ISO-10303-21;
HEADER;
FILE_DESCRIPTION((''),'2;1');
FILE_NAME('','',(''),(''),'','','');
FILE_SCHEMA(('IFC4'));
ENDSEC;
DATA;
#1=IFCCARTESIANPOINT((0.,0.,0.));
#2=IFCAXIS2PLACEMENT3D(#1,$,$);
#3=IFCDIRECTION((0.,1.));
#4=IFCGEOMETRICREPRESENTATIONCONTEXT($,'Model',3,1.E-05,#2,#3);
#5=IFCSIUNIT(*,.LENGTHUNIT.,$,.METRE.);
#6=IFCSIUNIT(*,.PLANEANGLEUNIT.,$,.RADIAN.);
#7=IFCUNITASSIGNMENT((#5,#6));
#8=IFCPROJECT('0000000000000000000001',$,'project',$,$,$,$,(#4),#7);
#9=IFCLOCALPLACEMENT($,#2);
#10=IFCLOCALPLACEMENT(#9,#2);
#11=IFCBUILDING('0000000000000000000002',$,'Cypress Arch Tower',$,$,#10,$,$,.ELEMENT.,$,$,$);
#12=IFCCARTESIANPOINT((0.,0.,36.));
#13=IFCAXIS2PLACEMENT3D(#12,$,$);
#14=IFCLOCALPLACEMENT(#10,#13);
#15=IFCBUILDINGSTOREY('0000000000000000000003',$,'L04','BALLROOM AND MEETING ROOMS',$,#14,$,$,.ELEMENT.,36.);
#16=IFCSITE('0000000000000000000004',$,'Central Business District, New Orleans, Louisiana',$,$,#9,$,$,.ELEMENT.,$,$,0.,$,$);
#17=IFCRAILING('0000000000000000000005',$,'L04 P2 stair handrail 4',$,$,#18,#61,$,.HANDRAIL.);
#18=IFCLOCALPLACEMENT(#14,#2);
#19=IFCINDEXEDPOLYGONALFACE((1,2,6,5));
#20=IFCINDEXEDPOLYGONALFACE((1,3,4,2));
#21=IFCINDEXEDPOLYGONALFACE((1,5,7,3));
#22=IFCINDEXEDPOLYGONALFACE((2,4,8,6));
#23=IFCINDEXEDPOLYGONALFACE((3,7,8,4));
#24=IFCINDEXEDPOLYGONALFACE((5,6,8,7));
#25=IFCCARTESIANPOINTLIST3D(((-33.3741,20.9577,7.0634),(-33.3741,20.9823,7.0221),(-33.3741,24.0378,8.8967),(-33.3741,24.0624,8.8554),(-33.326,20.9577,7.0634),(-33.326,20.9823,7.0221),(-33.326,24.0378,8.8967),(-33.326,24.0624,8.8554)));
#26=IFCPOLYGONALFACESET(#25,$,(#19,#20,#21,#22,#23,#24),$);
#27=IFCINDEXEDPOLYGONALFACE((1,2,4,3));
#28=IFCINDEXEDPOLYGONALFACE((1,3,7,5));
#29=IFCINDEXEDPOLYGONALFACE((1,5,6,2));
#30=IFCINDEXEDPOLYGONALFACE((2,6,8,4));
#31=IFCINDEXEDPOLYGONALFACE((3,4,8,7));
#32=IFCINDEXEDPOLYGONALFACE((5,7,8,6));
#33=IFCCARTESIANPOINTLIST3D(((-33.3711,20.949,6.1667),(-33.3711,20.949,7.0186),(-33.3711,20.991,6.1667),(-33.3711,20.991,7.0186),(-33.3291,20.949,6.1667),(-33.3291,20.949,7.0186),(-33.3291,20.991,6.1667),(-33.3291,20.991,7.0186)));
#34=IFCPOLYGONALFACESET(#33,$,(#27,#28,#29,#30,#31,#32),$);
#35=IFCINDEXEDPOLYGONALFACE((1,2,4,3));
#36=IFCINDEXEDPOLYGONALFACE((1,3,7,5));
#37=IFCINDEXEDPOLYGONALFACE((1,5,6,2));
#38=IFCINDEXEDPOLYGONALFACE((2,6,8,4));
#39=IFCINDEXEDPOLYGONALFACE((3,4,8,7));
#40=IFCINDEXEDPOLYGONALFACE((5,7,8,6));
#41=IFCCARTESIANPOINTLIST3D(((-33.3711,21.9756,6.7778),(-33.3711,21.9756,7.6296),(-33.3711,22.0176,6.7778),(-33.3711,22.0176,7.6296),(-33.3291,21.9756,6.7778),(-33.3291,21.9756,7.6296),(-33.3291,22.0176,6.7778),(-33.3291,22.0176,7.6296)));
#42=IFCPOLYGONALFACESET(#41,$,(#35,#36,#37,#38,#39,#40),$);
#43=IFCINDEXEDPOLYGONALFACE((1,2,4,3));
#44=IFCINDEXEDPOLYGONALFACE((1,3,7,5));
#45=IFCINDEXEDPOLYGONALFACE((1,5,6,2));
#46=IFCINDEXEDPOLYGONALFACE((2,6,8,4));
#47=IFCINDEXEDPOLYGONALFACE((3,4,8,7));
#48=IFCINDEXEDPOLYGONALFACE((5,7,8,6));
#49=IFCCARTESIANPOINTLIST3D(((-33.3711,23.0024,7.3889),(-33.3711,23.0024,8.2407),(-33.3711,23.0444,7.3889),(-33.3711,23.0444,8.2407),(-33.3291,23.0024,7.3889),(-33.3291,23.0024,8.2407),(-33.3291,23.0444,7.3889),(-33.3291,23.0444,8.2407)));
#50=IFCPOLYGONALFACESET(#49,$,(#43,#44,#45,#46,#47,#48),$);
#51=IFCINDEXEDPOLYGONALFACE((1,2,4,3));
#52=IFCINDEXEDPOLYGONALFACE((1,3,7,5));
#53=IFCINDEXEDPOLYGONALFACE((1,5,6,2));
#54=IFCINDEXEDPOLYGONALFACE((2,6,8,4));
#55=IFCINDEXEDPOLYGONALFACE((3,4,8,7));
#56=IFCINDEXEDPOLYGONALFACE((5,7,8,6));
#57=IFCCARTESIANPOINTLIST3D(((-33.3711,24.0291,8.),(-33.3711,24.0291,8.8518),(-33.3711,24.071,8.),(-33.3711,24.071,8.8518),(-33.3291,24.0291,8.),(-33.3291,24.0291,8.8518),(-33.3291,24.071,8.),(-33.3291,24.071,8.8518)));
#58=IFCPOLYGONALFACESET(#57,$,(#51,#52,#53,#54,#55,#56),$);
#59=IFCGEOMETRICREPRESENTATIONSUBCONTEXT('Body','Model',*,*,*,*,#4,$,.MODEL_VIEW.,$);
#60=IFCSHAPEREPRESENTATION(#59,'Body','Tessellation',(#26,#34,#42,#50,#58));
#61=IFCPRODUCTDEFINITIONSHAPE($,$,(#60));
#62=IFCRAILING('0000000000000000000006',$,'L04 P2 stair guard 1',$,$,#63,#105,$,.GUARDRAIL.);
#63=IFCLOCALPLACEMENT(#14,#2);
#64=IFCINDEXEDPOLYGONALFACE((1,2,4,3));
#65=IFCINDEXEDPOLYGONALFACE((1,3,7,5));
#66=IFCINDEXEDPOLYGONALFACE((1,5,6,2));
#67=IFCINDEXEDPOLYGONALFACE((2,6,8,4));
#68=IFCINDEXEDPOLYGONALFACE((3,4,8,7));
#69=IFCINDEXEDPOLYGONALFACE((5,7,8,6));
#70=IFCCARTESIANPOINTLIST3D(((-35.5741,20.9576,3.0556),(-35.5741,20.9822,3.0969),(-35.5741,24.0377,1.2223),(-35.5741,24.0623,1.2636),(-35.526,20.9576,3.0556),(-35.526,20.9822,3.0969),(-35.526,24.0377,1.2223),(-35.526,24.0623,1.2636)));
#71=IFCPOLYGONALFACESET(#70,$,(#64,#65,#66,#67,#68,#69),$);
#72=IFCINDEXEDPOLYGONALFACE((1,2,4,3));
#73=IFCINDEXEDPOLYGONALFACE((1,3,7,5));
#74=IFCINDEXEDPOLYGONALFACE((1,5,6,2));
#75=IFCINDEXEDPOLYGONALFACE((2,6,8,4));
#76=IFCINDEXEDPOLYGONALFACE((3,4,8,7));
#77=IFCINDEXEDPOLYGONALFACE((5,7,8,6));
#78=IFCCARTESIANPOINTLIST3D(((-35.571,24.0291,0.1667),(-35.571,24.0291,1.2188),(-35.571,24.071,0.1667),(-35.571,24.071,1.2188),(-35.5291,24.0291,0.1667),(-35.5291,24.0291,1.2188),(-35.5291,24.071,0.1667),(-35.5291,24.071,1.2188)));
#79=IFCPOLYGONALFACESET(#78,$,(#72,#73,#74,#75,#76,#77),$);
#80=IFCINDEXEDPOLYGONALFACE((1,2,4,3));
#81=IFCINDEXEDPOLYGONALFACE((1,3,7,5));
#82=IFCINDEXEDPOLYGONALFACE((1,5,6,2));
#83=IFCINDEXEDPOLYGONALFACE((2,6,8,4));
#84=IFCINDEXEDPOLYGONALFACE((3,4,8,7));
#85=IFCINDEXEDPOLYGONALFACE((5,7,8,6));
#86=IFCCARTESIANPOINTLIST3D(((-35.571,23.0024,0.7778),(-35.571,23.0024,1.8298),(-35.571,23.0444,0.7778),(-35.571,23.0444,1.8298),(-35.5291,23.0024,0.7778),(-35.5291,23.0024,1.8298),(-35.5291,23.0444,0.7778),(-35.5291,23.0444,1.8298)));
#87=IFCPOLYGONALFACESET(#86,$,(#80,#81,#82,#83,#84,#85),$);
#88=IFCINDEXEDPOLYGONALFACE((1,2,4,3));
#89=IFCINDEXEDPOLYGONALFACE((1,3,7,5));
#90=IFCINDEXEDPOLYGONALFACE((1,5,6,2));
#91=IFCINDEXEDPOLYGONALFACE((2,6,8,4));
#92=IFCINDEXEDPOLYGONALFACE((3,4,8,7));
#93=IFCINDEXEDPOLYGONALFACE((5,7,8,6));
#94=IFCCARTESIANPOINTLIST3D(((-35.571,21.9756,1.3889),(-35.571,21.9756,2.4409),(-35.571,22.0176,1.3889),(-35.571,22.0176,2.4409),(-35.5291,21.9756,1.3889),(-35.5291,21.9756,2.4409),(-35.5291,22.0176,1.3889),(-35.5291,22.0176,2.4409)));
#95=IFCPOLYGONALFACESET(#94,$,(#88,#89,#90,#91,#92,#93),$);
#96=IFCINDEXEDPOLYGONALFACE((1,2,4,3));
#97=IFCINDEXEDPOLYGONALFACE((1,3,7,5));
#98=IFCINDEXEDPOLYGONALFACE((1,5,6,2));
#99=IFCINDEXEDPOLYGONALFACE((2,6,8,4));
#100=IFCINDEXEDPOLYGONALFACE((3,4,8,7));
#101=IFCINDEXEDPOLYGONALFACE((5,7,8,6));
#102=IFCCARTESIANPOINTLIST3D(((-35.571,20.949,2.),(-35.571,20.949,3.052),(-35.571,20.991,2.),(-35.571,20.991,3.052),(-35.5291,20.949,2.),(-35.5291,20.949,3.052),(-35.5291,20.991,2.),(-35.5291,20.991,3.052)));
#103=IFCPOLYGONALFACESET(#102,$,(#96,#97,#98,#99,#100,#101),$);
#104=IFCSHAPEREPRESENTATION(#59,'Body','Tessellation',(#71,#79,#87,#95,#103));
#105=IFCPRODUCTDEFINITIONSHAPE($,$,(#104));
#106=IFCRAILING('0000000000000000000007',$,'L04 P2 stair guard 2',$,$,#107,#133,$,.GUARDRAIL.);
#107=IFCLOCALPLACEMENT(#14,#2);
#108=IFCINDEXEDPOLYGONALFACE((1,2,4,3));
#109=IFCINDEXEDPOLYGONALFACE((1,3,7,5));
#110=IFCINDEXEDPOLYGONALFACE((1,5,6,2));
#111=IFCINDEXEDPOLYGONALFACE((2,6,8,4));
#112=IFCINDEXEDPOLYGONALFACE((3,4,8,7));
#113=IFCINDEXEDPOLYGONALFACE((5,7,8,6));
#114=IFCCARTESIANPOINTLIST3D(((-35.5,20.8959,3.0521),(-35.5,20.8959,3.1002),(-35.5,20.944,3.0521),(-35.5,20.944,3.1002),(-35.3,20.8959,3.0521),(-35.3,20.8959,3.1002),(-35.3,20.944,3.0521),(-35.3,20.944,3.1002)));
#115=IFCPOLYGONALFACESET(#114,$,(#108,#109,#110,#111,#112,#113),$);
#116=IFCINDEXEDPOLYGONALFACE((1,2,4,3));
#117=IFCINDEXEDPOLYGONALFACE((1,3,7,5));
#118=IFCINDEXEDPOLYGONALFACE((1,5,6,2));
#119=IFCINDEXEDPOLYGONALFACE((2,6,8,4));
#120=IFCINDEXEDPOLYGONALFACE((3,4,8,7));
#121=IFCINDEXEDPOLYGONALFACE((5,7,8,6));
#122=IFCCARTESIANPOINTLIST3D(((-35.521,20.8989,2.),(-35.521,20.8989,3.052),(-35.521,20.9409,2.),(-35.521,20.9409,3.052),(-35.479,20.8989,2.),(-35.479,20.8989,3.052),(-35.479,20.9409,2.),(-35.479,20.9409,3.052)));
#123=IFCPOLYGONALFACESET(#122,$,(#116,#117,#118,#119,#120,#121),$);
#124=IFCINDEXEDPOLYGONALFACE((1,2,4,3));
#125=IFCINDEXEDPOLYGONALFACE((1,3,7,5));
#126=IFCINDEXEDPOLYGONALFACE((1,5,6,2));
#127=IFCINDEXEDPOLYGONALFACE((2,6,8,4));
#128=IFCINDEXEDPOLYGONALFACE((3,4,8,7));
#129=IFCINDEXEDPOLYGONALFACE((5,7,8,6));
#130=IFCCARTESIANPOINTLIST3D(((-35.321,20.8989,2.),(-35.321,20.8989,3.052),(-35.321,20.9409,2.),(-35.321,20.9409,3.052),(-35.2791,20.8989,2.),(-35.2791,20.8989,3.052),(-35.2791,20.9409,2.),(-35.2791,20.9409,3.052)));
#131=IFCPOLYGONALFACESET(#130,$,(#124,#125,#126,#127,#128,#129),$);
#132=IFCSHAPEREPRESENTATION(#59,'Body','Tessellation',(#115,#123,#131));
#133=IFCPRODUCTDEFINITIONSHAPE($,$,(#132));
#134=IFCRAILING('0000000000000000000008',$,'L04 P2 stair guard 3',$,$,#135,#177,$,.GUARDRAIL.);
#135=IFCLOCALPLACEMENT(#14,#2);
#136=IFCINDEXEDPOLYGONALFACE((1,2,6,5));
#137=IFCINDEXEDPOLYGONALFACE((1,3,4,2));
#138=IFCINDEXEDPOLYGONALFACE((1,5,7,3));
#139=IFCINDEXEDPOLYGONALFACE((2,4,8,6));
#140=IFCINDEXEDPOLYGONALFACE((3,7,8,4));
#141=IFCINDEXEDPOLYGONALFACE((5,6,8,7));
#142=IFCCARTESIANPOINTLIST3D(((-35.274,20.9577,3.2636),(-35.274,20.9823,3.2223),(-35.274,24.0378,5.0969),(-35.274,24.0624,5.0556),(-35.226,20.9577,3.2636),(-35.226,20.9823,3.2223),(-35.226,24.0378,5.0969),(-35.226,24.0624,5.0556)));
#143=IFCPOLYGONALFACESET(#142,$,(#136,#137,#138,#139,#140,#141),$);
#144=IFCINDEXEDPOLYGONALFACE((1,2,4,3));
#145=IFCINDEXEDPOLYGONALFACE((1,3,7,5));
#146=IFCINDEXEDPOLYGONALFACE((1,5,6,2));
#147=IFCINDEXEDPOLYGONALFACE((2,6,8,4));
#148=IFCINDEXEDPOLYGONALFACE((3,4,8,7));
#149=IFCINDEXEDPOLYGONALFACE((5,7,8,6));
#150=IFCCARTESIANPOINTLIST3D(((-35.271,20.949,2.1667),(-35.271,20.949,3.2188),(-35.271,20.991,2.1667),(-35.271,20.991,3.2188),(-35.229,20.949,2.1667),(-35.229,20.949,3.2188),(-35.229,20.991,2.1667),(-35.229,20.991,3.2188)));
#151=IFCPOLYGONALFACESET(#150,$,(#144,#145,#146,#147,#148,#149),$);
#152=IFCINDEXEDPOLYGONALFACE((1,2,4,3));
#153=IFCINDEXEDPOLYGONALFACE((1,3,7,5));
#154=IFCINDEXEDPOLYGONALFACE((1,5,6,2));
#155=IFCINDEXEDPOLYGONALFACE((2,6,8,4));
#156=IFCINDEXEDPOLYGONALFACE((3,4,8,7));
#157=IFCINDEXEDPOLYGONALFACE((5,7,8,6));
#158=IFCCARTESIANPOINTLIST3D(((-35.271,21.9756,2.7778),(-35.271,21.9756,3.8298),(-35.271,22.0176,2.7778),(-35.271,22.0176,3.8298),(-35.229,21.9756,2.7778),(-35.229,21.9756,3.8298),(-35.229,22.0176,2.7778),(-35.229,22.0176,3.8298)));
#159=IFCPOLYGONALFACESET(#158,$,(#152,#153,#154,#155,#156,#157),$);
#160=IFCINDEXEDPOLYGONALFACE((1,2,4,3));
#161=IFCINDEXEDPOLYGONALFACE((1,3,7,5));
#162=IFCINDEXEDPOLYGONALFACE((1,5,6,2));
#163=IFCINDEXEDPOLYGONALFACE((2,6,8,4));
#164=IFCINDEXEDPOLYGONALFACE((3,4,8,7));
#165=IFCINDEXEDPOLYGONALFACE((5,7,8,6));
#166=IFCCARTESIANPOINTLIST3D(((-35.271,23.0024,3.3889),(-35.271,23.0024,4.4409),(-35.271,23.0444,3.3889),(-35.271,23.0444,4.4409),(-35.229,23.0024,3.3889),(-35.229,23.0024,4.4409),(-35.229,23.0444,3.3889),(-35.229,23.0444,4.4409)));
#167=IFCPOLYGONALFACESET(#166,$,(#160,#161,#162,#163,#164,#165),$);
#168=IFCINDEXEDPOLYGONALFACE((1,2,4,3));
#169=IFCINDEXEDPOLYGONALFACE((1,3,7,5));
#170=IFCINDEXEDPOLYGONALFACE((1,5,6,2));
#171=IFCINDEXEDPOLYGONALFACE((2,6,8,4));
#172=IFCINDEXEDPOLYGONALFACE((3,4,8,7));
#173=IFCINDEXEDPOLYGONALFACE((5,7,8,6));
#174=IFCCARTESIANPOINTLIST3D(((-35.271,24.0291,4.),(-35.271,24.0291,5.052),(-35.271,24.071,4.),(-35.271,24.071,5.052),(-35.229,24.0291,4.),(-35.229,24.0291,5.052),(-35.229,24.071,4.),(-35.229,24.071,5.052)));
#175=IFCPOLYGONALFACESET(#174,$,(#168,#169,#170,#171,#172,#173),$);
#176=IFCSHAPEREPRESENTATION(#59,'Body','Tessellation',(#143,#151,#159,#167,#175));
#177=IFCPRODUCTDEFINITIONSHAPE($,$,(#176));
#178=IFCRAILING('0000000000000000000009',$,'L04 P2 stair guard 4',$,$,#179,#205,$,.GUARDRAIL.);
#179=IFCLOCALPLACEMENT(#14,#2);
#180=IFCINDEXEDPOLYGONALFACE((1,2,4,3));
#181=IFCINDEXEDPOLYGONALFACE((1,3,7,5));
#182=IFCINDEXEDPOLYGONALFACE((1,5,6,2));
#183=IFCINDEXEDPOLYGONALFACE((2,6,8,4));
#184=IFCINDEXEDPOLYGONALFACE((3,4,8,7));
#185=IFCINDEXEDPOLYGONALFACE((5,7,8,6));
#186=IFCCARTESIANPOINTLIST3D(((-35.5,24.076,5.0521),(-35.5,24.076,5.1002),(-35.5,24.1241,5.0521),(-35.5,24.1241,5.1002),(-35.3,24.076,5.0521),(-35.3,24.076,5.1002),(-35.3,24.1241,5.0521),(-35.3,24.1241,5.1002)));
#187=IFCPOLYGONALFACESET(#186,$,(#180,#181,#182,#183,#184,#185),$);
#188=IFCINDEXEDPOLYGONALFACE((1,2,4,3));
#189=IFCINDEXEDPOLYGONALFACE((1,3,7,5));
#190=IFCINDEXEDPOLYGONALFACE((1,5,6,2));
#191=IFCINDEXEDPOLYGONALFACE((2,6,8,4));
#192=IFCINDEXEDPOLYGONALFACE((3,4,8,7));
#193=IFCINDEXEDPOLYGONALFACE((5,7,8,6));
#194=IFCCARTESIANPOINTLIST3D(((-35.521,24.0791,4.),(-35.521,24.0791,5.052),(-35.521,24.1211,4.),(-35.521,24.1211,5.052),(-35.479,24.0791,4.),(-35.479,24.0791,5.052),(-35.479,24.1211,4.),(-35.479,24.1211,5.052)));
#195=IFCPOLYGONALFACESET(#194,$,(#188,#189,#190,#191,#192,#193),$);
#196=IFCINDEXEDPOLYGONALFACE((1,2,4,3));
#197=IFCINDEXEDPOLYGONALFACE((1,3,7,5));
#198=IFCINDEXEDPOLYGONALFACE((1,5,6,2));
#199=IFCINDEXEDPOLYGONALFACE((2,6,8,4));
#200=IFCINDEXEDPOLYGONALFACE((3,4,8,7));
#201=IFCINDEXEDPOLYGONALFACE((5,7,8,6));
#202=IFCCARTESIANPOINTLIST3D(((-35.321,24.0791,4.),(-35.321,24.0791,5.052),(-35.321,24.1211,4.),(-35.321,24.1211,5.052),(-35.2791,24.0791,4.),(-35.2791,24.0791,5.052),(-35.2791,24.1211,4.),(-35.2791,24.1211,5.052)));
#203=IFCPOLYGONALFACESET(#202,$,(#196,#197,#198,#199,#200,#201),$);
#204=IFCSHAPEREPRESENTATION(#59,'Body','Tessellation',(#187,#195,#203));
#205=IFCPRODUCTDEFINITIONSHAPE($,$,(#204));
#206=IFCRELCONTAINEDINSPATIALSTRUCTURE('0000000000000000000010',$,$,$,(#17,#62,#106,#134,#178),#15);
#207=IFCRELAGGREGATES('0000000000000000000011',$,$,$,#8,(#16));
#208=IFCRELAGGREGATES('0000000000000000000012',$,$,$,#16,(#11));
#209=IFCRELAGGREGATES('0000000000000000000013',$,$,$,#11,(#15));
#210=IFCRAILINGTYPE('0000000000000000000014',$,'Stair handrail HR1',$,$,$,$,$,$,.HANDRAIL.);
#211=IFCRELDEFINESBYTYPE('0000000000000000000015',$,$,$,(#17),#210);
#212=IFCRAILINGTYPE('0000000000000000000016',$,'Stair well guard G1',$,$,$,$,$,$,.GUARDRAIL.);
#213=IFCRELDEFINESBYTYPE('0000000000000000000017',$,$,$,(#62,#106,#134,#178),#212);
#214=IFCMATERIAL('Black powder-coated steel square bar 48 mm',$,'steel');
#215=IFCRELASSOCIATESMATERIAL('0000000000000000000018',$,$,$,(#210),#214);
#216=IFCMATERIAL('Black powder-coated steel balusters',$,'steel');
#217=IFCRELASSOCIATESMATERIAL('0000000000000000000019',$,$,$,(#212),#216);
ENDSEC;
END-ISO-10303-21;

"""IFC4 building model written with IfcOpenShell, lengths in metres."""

from ifc_helpers import new_model, si_unit, direction, frame, origin, origin_2d, place, context, subcontext, project, spatial, rectangle, extrude, material, type_object, element, save


model = new_model("IFC4")

# Units and contexts
model_context = context("Model", 3, precision=1e-05, world=origin(), true_north=direction((0.0, 1.0)))
body_context = subcontext(model_context, "Body", "Model", "MODEL_VIEW")
ifc_project = project(units=[si_unit("LENGTHUNIT", "METRE"), si_unit("PLANEANGLEUNIT", "RADIAN")], contexts=[model_context])

# Site, building, storey
site_placement = place(None, origin())
site = spatial("IfcSite", under=ifc_project, at=site_placement, Name="Central Business District, New Orleans, Louisiana", CompositionType="ELEMENT", RefElevation=0.0)
building_placement = place(site_placement, origin())
building = spatial("IfcBuilding", under=site, at=building_placement, Name="Cypress Arch Tower", CompositionType="ELEMENT")
storey_placement = place(building_placement, frame((0.0, 0.0, 36.0)))
storey = spatial("IfcBuildingStorey", under=building, at=storey_placement, Name="L04", Description="BALLROOM AND MEETING ROOMS", CompositionType="ELEMENT", Elevation=36.0)

# Railings
ifc_material_1 = material(Name="Black powder-coated steel square bar 48 mm", Category="steel")
railing_type_1 = type_object("IfcRailingType", Name="Stair handrail HR1", PredefinedType="HANDRAIL", material=ifc_material_1)
railing_1_placement = place(storey_placement, frame((-33.3501, 20.97, 6.1667)))
element("IfcRailing", 1, at=railing_1_placement, inside=storey, type_object=railing_type_1, Name="L04 P2 stair handrail 4", PredefinedType="HANDRAIL", context=body_context, shape_type="SweptSolid", body=[
    extrude(rectangle(XDim=0.0481, YDim=0.0481, at=origin_2d()), frame((0.0, 0.0, 0.876), z_axis=(0.0, 0.859309, 0.511458), x_axis=(-1.0, 0.0, 0.0)), (0.0, 0.0, 1.0), 3.5845),
    extrude(rectangle(XDim=0.042, YDim=0.042, at=origin_2d()), origin(), (0.0, 0.0, 1.0), 0.8518),
    extrude(rectangle(XDim=0.042, YDim=0.042, at=origin_2d()), frame((0.0, 1.0266, 0.6111)), (0.0, 0.0, 1.0), 0.8518),
    extrude(rectangle(XDim=0.042, YDim=0.042, at=origin_2d()), frame((0.0, 2.0535, 1.2222)), (0.0, 0.0, 1.0), 0.8518),
    extrude(rectangle(XDim=0.042, YDim=0.042, at=origin_2d()), frame((0.0, 3.0801, 1.8333)), (0.0, 0.0, 1.0), 0.8518),
])
ifc_material_2 = material(Name="Black powder-coated steel balusters", Category="steel")
railing_type_2 = type_object("IfcRailingType", Name="Stair well guard G1", PredefinedType="GUARDRAIL", material=ifc_material_2)
railing_2_placement = place(storey_placement, frame((-35.55, 24.05, 0.1667)))
element("IfcRailing", 2, at=railing_2_placement, inside=storey, type_object=railing_type_2, Name="L04 P2 stair guard 1", PredefinedType="GUARDRAIL", context=body_context, shape_type="SweptSolid", body=[
    extrude(rectangle(XDim=0.0481, YDim=0.0481, at=origin_2d()), frame((0.0, 0.0, 1.0762), z_axis=(0.0, -0.859309, 0.511458), x_axis=(1.0, 0.0, 0.0)), (0.0, 0.0, 1.0), 3.5845),
    extrude(rectangle(XDim=0.042, YDim=0.042, at=origin_2d()), origin(), (0.0, 0.0, 1.0), 1.052),
    extrude(rectangle(XDim=0.042, YDim=0.042, at=origin_2d()), frame((0.0, -1.0266, 0.6111)), (0.0, 0.0, 1.0), 1.052),
    extrude(rectangle(XDim=0.042, YDim=0.042, at=origin_2d()), frame((0.0, -2.0535, 1.2222)), (0.0, 0.0, 1.0), 1.052),
    extrude(rectangle(XDim=0.042, YDim=0.042, at=origin_2d()), frame((0.0, -3.0801, 1.8333)), (0.0, 0.0, 1.0), 1.052),
])
railing_3_placement = place(storey_placement, frame((-35.5, 20.9199, 2.0)))
element("IfcRailing", 3, at=railing_3_placement, inside=storey, type_object=railing_type_2, Name="L04 P2 stair guard 2", PredefinedType="GUARDRAIL", context=body_context, shape_type="SweptSolid", body=[
    extrude(rectangle(XDim=0.0481, YDim=0.0481, at=origin_2d()), frame((0.0, 0.0, 1.0762), z_axis=(1.0, 0.0, 0.0), x_axis=(0.0, 1.0, 0.0)), (0.0, 0.0, 1.0), 0.2),
    extrude(rectangle(XDim=0.042, YDim=0.042, at=origin_2d()), origin(), (0.0, 0.0, 1.0), 1.052),
    extrude(rectangle(XDim=0.042, YDim=0.042, at=origin_2d()), frame((0.2, 0.0, 0.0)), (0.0, 0.0, 1.0), 1.052),
])
railing_4_placement = place(storey_placement, frame((-35.25, 20.97, 2.1667)))
element("IfcRailing", 4, at=railing_4_placement, inside=storey, type_object=railing_type_2, Name="L04 P2 stair guard 3", PredefinedType="GUARDRAIL", context=body_context, shape_type="SweptSolid", body=[
    extrude(rectangle(XDim=0.0481, YDim=0.0481, at=origin_2d()), frame((0.0, 0.0, 1.0762), z_axis=(0.0, 0.859309, 0.511458), x_axis=(-1.0, 0.0, 0.0)), (0.0, 0.0, 1.0), 3.5845),
    extrude(rectangle(XDim=0.042, YDim=0.042, at=origin_2d()), origin(), (0.0, 0.0, 1.0), 1.052),
    extrude(rectangle(XDim=0.042, YDim=0.042, at=origin_2d()), frame((0.0, 1.0266, 0.6111)), (0.0, 0.0, 1.0), 1.052),
    extrude(rectangle(XDim=0.042, YDim=0.042, at=origin_2d()), frame((0.0, 2.0535, 1.2222)), (0.0, 0.0, 1.0), 1.052),
    extrude(rectangle(XDim=0.042, YDim=0.042, at=origin_2d()), frame((0.0, 3.0801, 1.8333)), (0.0, 0.0, 1.0), 1.052),
])
railing_5_placement = place(storey_placement, frame((-35.5, 24.1001, 4.0)))
element("IfcRailing", 5, at=railing_5_placement, inside=storey, type_object=railing_type_2, Name="L04 P2 stair guard 4", PredefinedType="GUARDRAIL", context=body_context, shape_type="SweptSolid", body=[
    extrude(rectangle(XDim=0.0481, YDim=0.0481, at=origin_2d()), frame((0.0, 0.0, 1.0762), z_axis=(1.0, 0.0, 0.0), x_axis=(0.0, 1.0, 0.0)), (0.0, 0.0, 1.0), 0.2),
    extrude(rectangle(XDim=0.042, YDim=0.042, at=origin_2d()), origin(), (0.0, 0.0, 1.0), 1.052),
    extrude(rectangle(XDim=0.042, YDim=0.042, at=origin_2d()), frame((0.2, 0.0, 0.0)), (0.0, 0.0, 1.0), 1.052),
])

save(model, "model.ifc")
